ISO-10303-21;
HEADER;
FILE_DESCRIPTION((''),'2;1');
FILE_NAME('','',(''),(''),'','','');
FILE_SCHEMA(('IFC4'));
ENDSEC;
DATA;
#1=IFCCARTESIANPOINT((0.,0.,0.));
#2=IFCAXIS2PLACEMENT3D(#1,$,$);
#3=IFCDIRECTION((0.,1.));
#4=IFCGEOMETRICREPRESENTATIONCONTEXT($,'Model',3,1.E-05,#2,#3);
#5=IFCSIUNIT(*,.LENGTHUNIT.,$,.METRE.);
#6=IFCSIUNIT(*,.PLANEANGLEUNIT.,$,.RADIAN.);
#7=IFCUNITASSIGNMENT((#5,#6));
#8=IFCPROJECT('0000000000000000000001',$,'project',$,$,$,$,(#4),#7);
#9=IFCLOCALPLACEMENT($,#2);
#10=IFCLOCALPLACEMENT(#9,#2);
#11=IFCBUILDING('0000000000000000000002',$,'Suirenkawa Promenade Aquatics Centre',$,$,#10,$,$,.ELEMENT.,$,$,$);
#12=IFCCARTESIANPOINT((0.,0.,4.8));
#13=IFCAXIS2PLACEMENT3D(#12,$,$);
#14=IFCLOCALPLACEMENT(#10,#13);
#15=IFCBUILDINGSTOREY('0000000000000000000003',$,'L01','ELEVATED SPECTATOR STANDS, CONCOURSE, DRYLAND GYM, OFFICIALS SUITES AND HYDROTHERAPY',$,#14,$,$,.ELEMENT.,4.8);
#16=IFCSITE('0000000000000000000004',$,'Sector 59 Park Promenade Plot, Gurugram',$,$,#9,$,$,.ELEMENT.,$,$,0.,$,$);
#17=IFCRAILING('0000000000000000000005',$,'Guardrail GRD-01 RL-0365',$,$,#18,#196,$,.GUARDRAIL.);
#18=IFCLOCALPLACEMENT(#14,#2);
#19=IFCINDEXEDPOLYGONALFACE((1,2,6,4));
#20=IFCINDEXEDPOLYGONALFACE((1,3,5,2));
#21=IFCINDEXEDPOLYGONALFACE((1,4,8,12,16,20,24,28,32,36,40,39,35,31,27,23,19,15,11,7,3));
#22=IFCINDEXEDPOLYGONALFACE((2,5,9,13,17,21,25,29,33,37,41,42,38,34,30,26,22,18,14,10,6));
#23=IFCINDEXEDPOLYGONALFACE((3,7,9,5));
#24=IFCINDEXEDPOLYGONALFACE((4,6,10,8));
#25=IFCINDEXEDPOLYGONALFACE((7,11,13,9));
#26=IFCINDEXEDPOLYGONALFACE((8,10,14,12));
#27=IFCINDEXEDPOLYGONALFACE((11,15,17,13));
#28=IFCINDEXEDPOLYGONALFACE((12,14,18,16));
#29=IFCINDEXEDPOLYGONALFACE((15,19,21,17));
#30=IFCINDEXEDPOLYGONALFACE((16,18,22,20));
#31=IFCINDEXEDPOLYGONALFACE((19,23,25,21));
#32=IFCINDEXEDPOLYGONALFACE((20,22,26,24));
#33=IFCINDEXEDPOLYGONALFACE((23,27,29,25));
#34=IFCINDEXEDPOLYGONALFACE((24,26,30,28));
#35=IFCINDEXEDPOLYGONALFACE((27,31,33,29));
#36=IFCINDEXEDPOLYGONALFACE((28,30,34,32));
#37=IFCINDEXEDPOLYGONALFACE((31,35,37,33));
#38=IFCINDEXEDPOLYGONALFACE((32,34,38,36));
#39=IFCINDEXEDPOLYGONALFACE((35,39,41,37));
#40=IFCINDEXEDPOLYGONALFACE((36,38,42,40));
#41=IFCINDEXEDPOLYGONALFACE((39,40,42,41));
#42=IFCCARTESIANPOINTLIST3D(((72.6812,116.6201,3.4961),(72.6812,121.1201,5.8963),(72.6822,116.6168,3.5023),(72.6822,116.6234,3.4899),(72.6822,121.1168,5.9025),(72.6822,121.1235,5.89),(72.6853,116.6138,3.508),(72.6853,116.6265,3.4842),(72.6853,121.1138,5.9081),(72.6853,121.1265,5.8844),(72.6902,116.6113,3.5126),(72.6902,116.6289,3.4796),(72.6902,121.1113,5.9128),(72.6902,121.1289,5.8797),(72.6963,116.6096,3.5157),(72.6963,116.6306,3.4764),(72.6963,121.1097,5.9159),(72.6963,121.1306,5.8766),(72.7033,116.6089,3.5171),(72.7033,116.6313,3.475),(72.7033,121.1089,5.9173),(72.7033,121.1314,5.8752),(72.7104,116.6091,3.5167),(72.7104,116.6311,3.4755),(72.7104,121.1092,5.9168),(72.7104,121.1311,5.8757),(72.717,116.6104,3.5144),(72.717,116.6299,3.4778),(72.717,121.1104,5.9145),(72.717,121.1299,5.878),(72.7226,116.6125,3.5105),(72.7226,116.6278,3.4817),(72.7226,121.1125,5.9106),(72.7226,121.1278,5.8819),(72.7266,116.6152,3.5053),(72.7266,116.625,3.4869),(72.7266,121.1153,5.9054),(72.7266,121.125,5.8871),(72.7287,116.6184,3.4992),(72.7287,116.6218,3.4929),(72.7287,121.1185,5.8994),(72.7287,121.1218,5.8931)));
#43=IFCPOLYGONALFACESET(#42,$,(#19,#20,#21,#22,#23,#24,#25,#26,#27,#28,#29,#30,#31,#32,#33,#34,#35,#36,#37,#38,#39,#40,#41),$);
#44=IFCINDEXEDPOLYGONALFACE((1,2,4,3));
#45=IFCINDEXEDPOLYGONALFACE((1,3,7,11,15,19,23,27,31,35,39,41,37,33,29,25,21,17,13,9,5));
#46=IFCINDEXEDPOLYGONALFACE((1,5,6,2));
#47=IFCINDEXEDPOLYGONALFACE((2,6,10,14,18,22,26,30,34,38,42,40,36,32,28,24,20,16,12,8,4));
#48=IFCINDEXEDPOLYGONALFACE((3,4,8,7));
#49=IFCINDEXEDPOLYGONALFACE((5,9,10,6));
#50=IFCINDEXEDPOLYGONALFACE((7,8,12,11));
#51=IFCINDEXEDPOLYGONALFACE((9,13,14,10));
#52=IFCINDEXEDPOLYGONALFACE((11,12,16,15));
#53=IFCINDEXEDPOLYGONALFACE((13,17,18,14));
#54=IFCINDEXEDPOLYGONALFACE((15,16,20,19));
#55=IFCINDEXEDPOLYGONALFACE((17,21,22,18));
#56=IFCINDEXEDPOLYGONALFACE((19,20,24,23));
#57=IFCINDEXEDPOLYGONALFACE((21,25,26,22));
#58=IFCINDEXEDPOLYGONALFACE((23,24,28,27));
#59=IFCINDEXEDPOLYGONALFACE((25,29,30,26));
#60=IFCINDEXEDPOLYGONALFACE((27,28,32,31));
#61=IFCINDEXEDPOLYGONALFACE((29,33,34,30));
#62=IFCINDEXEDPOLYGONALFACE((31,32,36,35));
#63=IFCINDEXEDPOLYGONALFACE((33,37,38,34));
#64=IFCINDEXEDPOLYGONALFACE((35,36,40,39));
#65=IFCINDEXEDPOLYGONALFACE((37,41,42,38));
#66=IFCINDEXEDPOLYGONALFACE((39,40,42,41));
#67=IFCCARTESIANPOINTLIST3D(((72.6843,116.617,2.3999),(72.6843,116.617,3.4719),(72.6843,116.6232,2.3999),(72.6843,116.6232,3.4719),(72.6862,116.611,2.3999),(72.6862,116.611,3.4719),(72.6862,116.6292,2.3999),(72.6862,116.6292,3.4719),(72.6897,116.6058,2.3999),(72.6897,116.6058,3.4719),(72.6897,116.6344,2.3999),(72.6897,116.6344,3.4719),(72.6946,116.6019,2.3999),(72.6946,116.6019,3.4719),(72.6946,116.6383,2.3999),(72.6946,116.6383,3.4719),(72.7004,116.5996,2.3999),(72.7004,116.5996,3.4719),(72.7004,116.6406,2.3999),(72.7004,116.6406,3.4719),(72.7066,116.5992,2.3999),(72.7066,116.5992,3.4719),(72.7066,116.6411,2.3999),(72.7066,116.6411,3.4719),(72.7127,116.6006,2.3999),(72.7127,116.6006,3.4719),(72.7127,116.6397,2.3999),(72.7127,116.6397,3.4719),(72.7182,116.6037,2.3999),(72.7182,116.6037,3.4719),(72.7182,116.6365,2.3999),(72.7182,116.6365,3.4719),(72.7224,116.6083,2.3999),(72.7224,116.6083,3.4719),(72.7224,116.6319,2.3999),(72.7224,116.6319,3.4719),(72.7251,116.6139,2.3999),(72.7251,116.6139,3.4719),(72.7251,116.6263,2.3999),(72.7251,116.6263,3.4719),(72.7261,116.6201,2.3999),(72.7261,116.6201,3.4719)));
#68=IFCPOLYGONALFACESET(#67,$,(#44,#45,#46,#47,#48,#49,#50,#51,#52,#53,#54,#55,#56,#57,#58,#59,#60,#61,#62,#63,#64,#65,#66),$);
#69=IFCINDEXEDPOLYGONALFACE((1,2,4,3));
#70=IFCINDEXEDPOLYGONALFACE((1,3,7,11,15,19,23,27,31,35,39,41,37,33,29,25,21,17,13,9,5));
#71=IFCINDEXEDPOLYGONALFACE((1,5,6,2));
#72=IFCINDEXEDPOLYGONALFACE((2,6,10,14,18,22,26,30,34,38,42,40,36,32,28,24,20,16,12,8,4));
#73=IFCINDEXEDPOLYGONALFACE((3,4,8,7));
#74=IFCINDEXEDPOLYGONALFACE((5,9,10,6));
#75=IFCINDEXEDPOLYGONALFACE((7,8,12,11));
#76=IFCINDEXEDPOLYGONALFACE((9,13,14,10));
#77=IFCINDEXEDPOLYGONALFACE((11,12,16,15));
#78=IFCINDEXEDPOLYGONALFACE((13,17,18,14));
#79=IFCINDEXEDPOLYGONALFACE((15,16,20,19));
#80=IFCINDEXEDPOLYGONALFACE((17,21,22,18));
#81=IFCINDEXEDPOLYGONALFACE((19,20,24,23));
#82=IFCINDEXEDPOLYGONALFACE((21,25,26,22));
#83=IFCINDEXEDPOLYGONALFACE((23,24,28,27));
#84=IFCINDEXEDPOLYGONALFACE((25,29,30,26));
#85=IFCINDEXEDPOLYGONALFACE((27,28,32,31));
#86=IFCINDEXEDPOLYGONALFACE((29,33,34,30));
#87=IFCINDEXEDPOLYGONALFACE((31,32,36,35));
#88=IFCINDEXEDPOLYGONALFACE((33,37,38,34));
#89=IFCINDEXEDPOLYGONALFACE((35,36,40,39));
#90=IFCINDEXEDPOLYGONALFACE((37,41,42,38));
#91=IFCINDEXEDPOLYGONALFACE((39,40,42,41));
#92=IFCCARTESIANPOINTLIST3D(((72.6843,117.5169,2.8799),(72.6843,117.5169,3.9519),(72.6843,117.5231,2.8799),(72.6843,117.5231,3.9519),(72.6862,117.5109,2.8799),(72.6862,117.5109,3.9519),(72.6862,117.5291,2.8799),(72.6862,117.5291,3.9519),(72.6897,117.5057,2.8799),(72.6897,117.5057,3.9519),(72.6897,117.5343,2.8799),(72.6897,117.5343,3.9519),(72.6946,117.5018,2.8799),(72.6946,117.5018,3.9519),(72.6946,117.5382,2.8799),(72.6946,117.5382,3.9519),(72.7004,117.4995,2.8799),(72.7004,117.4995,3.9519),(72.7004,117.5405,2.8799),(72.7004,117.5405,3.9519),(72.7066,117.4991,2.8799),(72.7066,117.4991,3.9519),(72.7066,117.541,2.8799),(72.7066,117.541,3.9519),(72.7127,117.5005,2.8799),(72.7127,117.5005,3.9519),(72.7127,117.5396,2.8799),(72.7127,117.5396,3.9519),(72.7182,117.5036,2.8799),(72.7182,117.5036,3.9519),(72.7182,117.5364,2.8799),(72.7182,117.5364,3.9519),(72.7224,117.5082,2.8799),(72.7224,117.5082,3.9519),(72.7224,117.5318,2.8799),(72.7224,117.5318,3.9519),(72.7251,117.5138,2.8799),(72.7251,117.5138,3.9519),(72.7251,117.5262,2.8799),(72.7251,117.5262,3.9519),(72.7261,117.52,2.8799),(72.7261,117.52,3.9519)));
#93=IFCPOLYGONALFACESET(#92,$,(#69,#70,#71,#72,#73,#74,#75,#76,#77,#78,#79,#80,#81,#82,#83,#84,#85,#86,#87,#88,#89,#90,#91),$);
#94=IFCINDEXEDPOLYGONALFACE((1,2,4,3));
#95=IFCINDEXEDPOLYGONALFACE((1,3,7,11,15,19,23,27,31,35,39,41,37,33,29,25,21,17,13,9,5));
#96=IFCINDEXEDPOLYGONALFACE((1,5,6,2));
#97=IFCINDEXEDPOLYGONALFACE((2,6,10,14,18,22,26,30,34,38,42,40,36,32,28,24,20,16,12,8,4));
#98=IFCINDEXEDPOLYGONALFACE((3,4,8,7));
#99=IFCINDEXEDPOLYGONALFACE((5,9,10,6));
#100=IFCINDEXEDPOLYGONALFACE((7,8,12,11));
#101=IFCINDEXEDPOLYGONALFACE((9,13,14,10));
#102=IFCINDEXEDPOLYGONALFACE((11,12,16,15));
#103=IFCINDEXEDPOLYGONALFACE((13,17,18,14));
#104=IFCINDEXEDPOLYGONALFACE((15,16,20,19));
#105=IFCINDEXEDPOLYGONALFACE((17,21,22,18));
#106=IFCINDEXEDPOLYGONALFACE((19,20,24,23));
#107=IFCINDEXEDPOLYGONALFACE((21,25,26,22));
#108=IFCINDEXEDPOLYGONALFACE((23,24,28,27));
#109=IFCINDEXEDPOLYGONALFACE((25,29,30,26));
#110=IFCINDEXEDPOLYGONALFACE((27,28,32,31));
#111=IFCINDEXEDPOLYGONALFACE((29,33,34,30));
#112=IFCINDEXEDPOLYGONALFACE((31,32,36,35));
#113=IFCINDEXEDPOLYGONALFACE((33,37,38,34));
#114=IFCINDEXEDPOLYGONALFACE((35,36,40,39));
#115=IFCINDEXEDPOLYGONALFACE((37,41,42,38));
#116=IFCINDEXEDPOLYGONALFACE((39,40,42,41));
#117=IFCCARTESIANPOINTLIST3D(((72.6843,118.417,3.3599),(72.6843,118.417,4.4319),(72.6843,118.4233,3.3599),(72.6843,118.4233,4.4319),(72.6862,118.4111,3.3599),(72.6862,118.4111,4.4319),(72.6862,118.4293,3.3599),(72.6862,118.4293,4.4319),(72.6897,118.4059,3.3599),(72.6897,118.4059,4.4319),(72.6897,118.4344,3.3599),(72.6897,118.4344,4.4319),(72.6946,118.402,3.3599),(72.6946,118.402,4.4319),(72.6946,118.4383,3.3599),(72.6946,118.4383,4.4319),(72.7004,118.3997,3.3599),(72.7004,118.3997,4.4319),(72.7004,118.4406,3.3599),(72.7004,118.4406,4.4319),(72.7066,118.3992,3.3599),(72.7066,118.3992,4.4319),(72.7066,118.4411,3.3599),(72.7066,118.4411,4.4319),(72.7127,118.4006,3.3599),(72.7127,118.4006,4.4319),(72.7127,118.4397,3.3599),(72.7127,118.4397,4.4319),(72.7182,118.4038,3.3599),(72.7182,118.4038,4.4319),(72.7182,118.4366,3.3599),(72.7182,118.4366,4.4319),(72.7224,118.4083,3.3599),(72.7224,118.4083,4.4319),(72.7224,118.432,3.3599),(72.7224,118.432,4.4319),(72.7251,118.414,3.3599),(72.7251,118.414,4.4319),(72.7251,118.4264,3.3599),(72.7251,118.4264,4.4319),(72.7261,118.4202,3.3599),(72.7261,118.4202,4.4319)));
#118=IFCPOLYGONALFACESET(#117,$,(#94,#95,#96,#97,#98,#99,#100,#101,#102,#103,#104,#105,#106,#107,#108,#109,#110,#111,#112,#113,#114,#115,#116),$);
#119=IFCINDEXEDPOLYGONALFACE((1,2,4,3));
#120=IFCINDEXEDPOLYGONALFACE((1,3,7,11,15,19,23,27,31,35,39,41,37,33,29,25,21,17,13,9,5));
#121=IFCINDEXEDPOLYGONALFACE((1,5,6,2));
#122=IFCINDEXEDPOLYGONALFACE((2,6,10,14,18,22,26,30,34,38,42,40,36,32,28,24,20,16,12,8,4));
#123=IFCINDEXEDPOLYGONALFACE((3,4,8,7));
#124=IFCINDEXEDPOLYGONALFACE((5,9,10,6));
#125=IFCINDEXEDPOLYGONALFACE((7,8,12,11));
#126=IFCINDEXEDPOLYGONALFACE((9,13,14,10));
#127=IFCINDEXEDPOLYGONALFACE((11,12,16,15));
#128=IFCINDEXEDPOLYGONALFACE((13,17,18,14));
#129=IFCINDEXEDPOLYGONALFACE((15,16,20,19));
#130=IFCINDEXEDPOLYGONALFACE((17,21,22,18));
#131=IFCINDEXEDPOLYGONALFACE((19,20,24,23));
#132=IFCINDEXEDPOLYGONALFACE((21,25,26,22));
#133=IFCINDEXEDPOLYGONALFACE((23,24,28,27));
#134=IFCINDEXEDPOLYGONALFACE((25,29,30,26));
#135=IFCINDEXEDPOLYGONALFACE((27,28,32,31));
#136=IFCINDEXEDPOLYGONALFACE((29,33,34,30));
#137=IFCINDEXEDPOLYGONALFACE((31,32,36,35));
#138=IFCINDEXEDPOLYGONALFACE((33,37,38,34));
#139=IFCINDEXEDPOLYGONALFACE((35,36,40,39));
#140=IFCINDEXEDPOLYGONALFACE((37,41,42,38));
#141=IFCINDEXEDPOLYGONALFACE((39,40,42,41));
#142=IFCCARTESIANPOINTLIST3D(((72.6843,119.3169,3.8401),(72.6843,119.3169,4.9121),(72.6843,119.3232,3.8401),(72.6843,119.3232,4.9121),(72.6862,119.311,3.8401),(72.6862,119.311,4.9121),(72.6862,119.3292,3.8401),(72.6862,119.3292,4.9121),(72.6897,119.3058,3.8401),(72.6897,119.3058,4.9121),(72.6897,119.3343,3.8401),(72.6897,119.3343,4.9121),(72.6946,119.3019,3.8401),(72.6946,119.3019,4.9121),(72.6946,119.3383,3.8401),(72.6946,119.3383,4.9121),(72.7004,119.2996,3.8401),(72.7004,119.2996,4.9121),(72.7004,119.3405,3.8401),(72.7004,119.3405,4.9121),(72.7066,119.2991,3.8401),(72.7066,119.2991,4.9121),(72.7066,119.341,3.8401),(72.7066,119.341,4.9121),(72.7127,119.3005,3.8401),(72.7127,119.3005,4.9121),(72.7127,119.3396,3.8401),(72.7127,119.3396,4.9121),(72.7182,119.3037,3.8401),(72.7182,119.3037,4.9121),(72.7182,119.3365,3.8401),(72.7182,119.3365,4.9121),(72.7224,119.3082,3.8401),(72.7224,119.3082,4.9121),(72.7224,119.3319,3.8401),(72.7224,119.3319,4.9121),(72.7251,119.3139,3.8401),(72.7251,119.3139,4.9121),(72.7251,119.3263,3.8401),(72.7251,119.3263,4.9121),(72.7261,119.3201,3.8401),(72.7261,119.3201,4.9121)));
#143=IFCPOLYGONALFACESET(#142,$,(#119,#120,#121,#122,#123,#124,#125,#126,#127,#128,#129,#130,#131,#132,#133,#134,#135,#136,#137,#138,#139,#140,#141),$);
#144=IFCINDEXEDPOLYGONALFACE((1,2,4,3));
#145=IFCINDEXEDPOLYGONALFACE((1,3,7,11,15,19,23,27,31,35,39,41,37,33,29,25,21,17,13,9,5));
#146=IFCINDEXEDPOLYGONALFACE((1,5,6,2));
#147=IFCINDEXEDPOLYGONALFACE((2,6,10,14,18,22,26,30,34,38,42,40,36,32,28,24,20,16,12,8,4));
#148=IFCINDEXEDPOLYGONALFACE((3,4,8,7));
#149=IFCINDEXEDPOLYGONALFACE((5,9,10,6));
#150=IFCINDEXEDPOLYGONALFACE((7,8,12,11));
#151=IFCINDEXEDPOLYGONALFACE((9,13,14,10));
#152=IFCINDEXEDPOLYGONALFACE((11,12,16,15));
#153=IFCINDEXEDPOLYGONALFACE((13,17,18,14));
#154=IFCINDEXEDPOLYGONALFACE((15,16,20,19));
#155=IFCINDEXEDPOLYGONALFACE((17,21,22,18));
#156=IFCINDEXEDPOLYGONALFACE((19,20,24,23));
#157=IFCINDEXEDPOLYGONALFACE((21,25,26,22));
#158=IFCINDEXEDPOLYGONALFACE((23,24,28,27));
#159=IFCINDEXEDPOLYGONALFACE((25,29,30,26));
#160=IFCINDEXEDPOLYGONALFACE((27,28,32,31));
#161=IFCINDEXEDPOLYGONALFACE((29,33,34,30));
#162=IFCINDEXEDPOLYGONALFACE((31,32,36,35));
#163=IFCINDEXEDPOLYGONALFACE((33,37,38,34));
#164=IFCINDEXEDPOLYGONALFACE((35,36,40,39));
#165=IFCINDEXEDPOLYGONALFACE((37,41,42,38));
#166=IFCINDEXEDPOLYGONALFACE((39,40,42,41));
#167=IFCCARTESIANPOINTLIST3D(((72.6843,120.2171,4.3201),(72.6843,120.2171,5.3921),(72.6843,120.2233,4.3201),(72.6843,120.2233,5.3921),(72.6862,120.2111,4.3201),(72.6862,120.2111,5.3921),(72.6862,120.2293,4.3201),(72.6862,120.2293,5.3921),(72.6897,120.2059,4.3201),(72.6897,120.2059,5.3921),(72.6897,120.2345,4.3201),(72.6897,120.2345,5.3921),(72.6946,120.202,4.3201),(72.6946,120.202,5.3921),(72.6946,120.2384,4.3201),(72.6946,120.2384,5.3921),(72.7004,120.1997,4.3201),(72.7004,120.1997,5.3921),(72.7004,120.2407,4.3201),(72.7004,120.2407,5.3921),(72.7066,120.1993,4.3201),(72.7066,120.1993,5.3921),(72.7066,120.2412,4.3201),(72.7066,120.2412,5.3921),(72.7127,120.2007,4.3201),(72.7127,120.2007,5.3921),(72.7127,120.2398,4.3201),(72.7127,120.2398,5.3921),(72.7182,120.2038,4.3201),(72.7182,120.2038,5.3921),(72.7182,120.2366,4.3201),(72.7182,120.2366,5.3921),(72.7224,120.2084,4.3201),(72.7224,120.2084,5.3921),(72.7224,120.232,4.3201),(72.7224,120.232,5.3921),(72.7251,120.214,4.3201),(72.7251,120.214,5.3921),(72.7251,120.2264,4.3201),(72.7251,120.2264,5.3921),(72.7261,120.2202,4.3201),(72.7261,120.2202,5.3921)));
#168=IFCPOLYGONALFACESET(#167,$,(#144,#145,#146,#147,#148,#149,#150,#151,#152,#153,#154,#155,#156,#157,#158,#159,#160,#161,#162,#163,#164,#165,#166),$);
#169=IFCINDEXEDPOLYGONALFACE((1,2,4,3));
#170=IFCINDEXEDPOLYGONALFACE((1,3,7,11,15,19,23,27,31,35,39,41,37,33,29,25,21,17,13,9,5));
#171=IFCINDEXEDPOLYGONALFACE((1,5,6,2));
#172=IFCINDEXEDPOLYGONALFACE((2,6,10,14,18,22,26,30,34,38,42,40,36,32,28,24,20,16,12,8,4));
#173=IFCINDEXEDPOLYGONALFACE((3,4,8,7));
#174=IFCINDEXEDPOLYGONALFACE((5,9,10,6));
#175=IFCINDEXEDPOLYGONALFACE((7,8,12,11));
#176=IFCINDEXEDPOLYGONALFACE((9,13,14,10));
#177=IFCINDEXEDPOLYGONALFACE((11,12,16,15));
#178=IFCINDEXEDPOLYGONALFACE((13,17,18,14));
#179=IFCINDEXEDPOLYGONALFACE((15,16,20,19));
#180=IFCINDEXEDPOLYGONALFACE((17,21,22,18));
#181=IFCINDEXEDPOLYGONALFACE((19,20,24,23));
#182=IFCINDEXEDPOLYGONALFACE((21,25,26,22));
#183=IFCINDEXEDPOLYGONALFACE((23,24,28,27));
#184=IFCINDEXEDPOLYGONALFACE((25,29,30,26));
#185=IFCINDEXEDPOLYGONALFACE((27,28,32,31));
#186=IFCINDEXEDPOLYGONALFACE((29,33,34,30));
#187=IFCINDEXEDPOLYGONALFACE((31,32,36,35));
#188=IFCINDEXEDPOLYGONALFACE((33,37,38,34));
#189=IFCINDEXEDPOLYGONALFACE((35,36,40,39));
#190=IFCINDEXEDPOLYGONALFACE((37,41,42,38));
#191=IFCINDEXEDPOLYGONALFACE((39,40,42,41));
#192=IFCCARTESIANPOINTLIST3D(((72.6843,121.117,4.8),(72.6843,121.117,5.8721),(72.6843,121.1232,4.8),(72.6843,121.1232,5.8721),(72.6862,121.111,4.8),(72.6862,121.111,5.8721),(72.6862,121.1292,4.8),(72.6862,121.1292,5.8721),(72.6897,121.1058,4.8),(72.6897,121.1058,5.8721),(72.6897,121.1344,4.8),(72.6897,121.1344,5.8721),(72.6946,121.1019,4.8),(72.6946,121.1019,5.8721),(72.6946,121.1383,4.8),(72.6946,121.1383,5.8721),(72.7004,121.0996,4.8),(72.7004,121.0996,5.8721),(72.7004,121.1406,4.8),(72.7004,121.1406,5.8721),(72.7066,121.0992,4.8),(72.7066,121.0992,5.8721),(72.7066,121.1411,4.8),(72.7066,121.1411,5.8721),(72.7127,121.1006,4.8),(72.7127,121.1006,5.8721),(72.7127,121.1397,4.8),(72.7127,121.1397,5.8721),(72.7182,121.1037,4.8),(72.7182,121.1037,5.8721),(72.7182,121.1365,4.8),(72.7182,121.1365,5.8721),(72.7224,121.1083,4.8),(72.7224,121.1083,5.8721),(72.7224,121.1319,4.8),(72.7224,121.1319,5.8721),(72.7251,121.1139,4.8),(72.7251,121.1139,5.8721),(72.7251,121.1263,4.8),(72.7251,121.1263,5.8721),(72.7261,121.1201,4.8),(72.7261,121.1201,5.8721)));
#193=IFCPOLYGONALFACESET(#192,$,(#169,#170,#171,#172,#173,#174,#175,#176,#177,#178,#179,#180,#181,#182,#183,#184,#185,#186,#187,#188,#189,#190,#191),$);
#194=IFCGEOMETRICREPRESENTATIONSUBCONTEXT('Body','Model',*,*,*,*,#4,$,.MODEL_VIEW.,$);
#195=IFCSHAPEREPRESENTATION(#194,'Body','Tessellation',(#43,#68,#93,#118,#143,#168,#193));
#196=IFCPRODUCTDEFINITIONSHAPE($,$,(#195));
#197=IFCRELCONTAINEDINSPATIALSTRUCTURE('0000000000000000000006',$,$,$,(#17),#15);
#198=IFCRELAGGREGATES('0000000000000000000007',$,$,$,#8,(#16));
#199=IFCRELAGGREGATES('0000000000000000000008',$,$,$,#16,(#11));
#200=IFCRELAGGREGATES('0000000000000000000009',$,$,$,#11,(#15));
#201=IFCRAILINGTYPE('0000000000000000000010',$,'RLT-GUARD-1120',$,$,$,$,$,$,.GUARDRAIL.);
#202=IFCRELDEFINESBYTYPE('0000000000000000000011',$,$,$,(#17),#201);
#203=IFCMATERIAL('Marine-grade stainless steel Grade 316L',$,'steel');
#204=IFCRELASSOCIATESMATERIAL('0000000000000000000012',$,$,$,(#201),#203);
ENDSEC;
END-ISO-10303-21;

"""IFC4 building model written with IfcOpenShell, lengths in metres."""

from ifc_helpers import new_model, si_unit, direction, frame, origin, origin_2d, place, context, subcontext, project, spatial, circle, extrude, material, type_object, element, save


model = new_model("IFC4")

# Units and contexts
model_context = context("Model", 3, precision=1e-05, world=origin(), true_north=direction((0.0, 1.0)))
body_context = subcontext(model_context, "Body", "Model", "MODEL_VIEW")
ifc_project = project(units=[si_unit("LENGTHUNIT", "METRE"), si_unit("PLANEANGLEUNIT", "RADIAN")], contexts=[model_context])

# Site, building, storey
site_placement = place(None, origin())
site = spatial("IfcSite", under=ifc_project, at=site_placement, Name="Sector 59 Park Promenade Plot, Gurugram", CompositionType="ELEMENT", RefElevation=0.0)
building_placement = place(site_placement, origin())
building = spatial("IfcBuilding", under=site, at=building_placement, Name="Suirenkawa Promenade Aquatics Centre", CompositionType="ELEMENT")
storey_placement = place(building_placement, frame((0.0, 0.0, 4.8)))
storey = spatial("IfcBuildingStorey", under=building, at=storey_placement, Name="L01", Description="ELEVATED SPECTATOR STANDS, CONCOURSE, DRYLAND GYM, OFFICIALS SUITES AND HYDROTHERAPY", CompositionType="ELEMENT", Elevation=4.8)

# Shared definitions
ifc_material_1 = material(Name="Marine-grade stainless steel Grade 316L", Category="steel")

# Railing
railing_type_1 = type_object("IfcRailingType", Name="RLT-GUARD-1120", PredefinedType="GUARDRAIL", material=ifc_material_1)
railing_1_placement = place(storey_placement, frame((72.7051, 116.6201, 2.3999)))
element("IfcRailing", 1, at=railing_1_placement, inside=storey, type_object=railing_type_1, Name="Guardrail GRD-01 RL-0365", PredefinedType="GUARDRAIL", context=body_context, shape_type="SweptSolid", body=[
    extrude(circle(Radius=0.0239, at=origin_2d()), frame((0.0, 0.0, 1.0962), z_axis=(0.0, 0.882341, 0.470611), x_axis=(-1.0, 0.0, 0.0)), (0.0, 0.0, 1.0), 5.1001),
    extrude(circle(Radius=0.021, at=origin_2d()), origin(), (0.0, 0.0, 1.0), 1.072),
    extrude(circle(Radius=0.021, at=origin_2d()), frame((0.0, 0.8999, 0.48)), (0.0, 0.0, 1.0), 1.072),
    extrude(circle(Radius=0.021, at=origin_2d()), frame((0.0, 1.8, 0.96)), (0.0, 0.0, 1.0), 1.072),
    extrude(circle(Radius=0.021, at=origin_2d()), frame((0.0, 2.7, 1.4402)), (0.0, 0.0, 1.0), 1.072),
    extrude(circle(Radius=0.021, at=origin_2d()), frame((0.0, 3.6001, 1.9202)), (0.0, 0.0, 1.0), 1.072),
    extrude(circle(Radius=0.021, at=origin_2d()), frame((0.0, 4.5, 2.4001)), (0.0, 0.0, 1.0), 1.072),
])

save(model, "model.ifc")
